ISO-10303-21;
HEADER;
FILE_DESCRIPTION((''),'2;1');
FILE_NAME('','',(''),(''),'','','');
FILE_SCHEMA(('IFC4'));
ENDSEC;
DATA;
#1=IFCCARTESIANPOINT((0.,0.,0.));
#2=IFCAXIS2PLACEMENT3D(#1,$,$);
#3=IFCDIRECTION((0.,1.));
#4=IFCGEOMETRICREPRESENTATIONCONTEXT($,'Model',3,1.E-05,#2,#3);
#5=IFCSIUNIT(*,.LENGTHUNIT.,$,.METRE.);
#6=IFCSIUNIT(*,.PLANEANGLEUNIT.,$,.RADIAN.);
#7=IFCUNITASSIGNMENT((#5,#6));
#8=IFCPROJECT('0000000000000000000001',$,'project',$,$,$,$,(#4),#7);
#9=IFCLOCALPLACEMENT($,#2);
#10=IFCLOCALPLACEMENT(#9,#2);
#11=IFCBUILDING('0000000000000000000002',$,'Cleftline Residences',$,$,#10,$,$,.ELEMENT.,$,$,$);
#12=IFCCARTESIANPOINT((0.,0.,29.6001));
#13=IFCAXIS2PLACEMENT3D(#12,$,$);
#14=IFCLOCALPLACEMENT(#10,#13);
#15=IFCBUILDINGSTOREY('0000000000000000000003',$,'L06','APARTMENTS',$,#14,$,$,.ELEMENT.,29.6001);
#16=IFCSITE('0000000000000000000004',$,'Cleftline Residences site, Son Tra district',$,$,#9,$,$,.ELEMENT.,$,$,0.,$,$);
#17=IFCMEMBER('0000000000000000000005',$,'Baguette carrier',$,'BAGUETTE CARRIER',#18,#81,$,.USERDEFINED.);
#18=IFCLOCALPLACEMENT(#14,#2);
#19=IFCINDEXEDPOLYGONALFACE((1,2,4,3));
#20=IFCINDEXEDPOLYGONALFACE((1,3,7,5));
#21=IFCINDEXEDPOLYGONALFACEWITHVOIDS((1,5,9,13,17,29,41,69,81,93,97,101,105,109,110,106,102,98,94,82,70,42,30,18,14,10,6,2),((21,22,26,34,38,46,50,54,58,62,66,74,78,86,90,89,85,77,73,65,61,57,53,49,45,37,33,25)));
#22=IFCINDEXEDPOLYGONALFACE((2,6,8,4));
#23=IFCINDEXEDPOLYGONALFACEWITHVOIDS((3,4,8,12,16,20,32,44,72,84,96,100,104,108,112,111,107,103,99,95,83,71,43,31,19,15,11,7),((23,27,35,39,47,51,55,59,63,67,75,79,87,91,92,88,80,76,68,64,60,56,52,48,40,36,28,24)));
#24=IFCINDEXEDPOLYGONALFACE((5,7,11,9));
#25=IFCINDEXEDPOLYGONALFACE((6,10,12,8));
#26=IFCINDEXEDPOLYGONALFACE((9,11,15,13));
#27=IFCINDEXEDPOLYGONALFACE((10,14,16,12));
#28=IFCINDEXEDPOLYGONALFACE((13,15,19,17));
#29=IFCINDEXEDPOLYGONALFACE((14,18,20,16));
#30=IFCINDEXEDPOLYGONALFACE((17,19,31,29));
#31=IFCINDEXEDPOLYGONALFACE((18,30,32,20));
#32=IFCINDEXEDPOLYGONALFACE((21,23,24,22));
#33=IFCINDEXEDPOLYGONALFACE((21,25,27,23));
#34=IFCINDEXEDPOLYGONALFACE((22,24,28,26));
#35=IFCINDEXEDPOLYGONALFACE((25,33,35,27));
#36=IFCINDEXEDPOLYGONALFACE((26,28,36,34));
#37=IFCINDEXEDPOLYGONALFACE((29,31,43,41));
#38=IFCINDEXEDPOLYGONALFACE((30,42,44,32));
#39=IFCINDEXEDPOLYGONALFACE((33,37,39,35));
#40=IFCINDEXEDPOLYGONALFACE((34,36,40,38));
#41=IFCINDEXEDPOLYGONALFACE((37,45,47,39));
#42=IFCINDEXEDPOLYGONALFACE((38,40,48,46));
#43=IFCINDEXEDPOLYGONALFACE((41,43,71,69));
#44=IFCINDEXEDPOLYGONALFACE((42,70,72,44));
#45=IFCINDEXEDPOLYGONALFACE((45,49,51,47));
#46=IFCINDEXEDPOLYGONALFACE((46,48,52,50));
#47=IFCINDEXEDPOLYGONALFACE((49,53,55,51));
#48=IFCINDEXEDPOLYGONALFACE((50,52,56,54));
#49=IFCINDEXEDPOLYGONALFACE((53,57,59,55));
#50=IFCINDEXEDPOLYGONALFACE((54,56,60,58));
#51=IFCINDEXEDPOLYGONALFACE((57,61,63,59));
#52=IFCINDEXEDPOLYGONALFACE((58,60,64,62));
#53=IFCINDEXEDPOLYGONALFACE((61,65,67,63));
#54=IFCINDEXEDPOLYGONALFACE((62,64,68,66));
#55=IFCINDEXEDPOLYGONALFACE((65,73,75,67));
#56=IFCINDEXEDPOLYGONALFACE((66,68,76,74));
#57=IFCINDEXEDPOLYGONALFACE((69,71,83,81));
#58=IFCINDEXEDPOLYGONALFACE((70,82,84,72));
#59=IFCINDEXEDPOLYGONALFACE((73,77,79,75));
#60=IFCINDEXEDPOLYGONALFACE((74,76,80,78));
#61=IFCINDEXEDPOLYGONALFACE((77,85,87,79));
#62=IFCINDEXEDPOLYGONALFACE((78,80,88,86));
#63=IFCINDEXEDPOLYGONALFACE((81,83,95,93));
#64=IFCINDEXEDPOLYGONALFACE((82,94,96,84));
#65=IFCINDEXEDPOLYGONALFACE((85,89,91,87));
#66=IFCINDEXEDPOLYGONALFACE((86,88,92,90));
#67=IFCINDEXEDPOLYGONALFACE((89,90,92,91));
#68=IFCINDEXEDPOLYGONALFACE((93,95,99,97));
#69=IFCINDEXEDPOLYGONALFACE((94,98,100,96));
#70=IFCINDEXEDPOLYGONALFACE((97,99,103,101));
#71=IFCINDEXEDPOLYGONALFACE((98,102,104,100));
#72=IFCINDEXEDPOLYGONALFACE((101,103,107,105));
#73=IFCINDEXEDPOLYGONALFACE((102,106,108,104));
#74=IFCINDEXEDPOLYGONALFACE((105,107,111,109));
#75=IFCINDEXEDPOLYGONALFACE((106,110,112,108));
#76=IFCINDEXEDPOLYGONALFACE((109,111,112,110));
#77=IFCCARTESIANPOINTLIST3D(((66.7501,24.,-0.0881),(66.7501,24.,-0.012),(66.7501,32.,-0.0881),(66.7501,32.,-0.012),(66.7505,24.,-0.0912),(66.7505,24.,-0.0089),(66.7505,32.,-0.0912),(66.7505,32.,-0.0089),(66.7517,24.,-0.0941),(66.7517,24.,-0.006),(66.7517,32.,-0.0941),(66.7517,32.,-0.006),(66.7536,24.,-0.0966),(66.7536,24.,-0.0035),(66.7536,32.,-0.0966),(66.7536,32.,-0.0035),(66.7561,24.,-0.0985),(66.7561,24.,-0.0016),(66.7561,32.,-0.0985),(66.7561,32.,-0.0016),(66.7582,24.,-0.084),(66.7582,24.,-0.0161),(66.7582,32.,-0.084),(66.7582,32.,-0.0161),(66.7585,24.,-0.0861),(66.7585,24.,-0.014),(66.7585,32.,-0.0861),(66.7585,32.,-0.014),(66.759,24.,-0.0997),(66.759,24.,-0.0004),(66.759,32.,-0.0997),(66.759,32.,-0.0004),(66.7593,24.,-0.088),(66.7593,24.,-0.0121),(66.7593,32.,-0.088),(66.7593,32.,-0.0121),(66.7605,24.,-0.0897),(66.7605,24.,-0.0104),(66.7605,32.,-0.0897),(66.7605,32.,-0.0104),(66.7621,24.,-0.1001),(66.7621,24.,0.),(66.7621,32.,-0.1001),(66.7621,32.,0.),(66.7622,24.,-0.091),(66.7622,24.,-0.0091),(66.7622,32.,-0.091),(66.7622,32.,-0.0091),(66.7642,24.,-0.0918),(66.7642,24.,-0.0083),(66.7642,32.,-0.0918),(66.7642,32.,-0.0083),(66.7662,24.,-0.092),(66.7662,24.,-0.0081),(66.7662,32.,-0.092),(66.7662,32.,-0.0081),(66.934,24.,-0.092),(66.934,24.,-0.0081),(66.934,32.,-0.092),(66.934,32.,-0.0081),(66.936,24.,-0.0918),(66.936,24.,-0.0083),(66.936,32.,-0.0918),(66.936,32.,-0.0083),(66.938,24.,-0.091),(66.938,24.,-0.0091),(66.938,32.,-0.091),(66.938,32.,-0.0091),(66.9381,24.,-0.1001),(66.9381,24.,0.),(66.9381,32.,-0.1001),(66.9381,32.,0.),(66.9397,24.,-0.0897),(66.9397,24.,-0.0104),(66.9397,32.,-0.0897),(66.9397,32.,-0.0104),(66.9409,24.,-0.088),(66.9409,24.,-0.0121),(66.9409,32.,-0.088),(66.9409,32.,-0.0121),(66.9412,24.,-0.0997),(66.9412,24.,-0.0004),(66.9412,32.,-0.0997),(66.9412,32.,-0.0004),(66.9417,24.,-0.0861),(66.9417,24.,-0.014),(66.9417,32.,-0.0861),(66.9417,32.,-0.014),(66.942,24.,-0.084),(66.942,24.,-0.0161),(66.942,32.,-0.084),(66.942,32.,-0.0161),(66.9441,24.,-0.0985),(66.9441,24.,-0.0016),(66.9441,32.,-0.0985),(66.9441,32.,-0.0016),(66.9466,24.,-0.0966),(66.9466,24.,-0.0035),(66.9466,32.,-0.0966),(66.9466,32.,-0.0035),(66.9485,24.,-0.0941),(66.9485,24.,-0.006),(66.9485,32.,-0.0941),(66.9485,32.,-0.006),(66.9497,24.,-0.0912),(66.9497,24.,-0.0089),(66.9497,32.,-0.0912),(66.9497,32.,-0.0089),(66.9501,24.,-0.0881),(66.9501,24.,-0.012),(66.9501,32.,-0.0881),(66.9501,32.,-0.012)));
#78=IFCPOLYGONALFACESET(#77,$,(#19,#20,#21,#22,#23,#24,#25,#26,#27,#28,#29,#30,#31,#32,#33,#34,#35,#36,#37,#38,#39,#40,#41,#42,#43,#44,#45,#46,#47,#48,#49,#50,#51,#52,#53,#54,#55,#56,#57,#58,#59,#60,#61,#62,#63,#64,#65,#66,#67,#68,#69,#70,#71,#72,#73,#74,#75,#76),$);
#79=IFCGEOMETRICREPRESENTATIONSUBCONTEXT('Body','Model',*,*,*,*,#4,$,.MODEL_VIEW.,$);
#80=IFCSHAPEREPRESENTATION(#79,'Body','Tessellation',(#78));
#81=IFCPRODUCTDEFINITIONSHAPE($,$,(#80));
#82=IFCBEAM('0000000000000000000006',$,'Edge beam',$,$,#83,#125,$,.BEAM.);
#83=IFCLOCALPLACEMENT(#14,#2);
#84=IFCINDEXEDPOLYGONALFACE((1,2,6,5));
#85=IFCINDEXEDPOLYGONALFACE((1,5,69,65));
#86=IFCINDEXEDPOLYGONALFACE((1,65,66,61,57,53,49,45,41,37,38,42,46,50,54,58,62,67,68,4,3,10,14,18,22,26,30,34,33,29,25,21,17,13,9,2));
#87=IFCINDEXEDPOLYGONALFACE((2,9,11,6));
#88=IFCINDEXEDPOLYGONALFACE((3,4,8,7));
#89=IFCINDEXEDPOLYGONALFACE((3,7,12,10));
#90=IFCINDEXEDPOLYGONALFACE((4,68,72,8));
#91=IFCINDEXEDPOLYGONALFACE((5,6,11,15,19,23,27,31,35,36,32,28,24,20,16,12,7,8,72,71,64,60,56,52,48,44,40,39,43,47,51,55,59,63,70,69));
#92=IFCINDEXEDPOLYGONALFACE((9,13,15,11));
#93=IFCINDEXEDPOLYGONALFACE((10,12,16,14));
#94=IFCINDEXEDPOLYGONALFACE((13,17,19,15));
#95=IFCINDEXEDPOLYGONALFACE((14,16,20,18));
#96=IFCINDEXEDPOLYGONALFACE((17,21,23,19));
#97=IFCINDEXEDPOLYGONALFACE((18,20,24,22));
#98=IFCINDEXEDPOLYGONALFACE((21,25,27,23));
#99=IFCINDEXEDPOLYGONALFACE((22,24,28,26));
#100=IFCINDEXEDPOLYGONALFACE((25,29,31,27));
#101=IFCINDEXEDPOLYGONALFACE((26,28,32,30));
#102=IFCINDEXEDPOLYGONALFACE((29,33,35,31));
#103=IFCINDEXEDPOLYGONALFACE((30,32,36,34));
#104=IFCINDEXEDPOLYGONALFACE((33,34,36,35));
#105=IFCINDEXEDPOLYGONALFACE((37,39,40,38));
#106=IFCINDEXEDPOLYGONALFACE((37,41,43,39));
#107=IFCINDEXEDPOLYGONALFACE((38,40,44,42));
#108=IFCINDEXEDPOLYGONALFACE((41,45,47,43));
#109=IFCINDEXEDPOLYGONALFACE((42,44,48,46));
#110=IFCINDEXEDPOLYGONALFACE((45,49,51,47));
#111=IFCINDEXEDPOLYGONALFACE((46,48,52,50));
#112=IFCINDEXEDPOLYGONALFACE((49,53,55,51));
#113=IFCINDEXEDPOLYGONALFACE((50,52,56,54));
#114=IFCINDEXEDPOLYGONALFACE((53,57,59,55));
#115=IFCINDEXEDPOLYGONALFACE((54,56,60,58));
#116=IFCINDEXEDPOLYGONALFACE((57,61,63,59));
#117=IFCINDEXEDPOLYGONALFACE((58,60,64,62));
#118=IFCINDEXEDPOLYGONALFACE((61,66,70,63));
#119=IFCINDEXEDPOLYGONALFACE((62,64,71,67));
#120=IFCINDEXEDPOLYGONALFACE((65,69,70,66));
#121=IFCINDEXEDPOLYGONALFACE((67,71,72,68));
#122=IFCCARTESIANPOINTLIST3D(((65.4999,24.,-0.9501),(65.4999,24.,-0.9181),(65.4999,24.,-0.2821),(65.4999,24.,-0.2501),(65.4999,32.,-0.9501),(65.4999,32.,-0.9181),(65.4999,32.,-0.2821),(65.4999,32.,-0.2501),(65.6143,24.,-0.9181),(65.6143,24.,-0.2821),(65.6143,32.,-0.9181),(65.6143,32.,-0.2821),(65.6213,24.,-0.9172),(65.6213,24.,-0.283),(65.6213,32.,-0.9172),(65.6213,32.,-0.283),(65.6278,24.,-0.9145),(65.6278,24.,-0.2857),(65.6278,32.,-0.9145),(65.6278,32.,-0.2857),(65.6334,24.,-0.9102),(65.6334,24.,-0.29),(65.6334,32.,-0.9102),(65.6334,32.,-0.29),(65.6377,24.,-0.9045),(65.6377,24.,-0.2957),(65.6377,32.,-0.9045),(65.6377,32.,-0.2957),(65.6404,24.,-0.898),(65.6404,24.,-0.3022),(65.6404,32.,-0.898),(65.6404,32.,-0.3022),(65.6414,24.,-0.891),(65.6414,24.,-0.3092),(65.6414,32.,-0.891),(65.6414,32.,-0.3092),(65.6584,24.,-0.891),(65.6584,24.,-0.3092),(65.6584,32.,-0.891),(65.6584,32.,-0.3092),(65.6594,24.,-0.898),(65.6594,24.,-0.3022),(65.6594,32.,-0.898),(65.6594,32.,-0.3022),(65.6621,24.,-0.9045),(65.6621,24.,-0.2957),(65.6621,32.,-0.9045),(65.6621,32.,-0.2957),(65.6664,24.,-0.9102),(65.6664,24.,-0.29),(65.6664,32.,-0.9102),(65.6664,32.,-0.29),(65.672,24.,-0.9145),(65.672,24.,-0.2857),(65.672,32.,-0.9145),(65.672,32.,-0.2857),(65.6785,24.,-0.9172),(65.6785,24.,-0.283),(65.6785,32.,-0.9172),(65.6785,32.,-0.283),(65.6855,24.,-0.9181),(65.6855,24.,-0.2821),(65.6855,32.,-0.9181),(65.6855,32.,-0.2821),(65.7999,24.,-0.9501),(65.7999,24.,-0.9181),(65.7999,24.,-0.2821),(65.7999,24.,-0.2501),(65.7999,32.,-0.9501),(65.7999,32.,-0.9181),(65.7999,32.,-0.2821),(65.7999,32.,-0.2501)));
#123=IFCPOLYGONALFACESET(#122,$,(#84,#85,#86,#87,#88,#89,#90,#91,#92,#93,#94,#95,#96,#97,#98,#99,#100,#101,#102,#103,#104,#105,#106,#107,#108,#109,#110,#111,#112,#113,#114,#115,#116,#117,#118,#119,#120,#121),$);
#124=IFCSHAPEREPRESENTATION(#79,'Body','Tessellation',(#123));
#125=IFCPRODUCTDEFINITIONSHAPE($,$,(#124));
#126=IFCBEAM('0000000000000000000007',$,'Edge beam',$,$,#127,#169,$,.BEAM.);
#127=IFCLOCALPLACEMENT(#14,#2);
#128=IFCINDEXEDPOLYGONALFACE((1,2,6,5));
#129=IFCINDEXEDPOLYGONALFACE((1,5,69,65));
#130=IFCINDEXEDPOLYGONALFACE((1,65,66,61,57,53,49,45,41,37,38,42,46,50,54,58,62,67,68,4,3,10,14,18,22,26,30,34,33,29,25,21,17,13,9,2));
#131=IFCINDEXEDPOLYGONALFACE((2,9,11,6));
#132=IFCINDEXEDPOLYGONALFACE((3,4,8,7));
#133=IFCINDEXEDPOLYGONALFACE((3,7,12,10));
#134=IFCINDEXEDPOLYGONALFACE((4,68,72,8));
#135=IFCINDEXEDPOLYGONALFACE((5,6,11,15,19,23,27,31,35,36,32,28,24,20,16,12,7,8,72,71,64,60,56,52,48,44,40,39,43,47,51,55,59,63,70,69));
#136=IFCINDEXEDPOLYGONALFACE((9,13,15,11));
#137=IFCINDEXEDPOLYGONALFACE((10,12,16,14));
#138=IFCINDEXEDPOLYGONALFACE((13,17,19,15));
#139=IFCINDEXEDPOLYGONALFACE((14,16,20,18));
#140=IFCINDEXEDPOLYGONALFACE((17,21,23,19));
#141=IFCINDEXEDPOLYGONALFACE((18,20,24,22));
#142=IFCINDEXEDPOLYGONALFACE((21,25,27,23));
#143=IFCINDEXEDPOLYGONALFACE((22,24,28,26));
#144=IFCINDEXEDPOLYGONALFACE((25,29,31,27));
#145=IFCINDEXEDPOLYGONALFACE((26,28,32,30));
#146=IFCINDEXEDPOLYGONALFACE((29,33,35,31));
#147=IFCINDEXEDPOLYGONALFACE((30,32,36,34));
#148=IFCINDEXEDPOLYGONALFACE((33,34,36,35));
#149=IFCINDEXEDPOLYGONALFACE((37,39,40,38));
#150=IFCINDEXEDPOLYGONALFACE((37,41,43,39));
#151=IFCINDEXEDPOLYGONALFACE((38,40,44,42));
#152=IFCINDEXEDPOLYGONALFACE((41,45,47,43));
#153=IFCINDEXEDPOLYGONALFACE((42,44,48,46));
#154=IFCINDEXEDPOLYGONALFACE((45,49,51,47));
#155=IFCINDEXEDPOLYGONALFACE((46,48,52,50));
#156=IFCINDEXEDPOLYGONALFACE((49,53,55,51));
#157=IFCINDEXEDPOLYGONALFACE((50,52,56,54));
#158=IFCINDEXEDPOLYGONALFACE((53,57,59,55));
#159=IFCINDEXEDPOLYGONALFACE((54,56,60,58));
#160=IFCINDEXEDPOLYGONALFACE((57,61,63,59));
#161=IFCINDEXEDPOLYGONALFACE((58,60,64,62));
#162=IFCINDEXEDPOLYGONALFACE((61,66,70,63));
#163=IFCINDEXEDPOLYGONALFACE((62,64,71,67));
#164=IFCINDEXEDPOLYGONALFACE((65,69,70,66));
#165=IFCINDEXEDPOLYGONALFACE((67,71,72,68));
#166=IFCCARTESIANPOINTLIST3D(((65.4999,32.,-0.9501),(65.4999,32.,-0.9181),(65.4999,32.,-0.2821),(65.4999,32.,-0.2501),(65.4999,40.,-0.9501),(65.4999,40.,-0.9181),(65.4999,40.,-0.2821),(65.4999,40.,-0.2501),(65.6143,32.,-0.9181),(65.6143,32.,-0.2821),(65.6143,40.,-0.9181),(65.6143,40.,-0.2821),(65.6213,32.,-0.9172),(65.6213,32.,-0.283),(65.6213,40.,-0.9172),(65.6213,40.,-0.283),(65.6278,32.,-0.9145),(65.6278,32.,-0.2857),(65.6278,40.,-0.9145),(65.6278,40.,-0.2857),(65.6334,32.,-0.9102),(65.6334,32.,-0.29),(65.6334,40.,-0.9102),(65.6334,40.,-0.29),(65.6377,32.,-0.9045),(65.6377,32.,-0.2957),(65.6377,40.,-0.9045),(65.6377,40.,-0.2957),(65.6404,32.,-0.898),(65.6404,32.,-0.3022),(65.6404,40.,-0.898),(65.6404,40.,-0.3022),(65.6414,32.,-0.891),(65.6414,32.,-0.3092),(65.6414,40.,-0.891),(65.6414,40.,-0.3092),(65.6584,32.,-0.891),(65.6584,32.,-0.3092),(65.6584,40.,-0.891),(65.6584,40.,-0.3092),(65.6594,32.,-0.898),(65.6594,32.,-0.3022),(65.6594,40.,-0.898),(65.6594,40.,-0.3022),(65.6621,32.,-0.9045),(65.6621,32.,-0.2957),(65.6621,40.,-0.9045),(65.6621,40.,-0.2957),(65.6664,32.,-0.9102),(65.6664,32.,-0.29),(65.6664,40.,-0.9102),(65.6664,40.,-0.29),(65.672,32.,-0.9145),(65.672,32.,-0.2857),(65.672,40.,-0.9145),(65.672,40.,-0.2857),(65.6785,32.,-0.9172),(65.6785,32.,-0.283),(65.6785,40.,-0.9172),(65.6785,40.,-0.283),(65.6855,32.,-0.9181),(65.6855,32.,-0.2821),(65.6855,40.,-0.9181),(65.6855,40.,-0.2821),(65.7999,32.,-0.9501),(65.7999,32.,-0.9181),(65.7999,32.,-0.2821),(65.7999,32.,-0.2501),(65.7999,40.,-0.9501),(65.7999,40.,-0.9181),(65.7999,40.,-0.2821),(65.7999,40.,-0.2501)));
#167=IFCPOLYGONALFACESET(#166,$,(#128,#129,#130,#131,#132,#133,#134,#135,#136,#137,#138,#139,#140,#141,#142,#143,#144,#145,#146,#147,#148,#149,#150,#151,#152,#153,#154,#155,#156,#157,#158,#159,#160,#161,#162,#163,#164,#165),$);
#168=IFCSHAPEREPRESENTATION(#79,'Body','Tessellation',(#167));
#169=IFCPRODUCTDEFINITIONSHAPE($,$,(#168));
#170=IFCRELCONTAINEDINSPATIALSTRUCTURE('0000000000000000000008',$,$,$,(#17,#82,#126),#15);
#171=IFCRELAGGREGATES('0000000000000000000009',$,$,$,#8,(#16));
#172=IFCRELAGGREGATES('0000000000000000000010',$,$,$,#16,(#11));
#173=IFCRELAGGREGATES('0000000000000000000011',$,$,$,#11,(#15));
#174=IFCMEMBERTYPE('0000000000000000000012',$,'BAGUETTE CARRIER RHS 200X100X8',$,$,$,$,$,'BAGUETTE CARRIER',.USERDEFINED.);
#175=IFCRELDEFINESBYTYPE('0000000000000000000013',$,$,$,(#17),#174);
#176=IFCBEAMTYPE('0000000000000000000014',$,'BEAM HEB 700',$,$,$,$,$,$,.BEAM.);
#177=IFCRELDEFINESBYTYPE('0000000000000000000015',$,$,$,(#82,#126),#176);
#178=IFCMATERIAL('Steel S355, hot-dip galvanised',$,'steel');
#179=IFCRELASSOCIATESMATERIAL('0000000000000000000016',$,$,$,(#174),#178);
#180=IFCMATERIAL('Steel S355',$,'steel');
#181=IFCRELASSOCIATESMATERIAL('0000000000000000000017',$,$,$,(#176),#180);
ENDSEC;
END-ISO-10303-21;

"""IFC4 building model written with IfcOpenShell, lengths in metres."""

from ifc_helpers import new_model, si_unit, direction, frame, origin, origin_2d, place, context, subcontext, project, spatial, hollow_rectangle, i_section, extrude, material, material_profile, profile_set, type_object, element, save


model = new_model("IFC4")

# Units and contexts
model_context = context("Model", 3, precision=1e-05, world=origin(), true_north=direction((0.0, 1.0)))
body_context = subcontext(model_context, "Body", "Model", "MODEL_VIEW")
ifc_project = project(units=[si_unit("LENGTHUNIT", "METRE"), si_unit("PLANEANGLEUNIT", "RADIAN")], contexts=[model_context])

# Site, building, storey
site_placement = place(None, origin())
site = spatial("IfcSite", under=ifc_project, at=site_placement, Name="Cleftline Residences site, Son Tra district", CompositionType="ELEMENT", RefElevation=0.0)
building_placement = place(site_placement, origin())
building = spatial("IfcBuilding", under=site, at=building_placement, Name="Cleftline Residences", CompositionType="ELEMENT")
storey_placement = place(building_placement, frame((0.0, 0.0, 29.6001)))
storey = spatial("IfcBuildingStorey", under=building, at=storey_placement, Name="L06", Description="APARTMENTS", CompositionType="ELEMENT", Elevation=29.6001)

# Member
ifc_material_1 = material(Name="Steel S355, hot-dip galvanised", Category="steel")
ifc_material_profile_1 = material_profile(ifc_material_1, hollow_rectangle(XDim=0.1001, YDim=0.2, WallThickness=0.0081, InnerFilletRadius=0.0081, OuterFilletRadius=0.012, at=origin_2d()))
ifc_profile_set_1 = profile_set([ifc_material_profile_1], Name="Steel S355, hot-dip galvanised")
member_type_1 = type_object("IfcMemberType", Name="BAGUETTE CARRIER RHS 200X100X8", ElementType="BAGUETTE CARRIER", PredefinedType="USERDEFINED", material=ifc_profile_set_1)
member_1_placement = place(storey_placement, frame((66.8501, 24.0, -0.05), z_axis=(0.0, 1.0, 0.0), x_axis=(0.0, 0.0, 1.0)))
element("IfcMember", 1, at=member_1_placement, inside=storey, type_object=member_type_1, Name="Baguette carrier", ObjectType="BAGUETTE CARRIER", PredefinedType="USERDEFINED", context=body_context, shape_type="SweptSolid", body=[
    extrude(hollow_rectangle(XDim=0.1001, YDim=0.2, WallThickness=0.0081, InnerFilletRadius=0.0081, OuterFilletRadius=0.012, at=origin_2d()), origin(), (0.0, 0.0, 1.0), 8.0),
])

# Beams
ifc_material_2 = material(Name="Steel S355", Category="steel")
ifc_material_profile_2 = material_profile(ifc_material_2, i_section(OverallWidth=0.3, OverallDepth=0.7, WebThickness=0.0171, FlangeThickness=0.032, FilletRadius=0.0271, at=origin_2d()))
ifc_profile_set_2 = profile_set([ifc_material_profile_2], Name="Steel S355")
beam_type_1 = type_object("IfcBeamType", Name="BEAM HEB 700", PredefinedType="BEAM", material=ifc_profile_set_2)
for number, where, z_axis, x_axis, name in (
    (2, (65.6499, 24.0, -0.6001), (0.0, 1.0, 0.0), (-1.0, 0.0, 0.0), "Edge beam"),
    (3, (65.6499, 32.0, -0.6001), (0.0, 1.0, 0.0), (-1.0, 0.0, 0.0), "Edge beam"),
):
    element("IfcBeam", number, at=place(storey_placement, frame(where, z_axis=z_axis, x_axis=x_axis)), inside=storey, type_object=beam_type_1, Name=name, PredefinedType="BEAM", context=body_context, shape_type="SweptSolid", body=[
        extrude(i_section(OverallWidth=0.3, OverallDepth=0.7, WebThickness=0.0171, FlangeThickness=0.032, FilletRadius=0.0271, at=origin_2d()), origin(), (0.0, 0.0, 1.0), 8.0),
    ])

save(model, "model.ifc")
